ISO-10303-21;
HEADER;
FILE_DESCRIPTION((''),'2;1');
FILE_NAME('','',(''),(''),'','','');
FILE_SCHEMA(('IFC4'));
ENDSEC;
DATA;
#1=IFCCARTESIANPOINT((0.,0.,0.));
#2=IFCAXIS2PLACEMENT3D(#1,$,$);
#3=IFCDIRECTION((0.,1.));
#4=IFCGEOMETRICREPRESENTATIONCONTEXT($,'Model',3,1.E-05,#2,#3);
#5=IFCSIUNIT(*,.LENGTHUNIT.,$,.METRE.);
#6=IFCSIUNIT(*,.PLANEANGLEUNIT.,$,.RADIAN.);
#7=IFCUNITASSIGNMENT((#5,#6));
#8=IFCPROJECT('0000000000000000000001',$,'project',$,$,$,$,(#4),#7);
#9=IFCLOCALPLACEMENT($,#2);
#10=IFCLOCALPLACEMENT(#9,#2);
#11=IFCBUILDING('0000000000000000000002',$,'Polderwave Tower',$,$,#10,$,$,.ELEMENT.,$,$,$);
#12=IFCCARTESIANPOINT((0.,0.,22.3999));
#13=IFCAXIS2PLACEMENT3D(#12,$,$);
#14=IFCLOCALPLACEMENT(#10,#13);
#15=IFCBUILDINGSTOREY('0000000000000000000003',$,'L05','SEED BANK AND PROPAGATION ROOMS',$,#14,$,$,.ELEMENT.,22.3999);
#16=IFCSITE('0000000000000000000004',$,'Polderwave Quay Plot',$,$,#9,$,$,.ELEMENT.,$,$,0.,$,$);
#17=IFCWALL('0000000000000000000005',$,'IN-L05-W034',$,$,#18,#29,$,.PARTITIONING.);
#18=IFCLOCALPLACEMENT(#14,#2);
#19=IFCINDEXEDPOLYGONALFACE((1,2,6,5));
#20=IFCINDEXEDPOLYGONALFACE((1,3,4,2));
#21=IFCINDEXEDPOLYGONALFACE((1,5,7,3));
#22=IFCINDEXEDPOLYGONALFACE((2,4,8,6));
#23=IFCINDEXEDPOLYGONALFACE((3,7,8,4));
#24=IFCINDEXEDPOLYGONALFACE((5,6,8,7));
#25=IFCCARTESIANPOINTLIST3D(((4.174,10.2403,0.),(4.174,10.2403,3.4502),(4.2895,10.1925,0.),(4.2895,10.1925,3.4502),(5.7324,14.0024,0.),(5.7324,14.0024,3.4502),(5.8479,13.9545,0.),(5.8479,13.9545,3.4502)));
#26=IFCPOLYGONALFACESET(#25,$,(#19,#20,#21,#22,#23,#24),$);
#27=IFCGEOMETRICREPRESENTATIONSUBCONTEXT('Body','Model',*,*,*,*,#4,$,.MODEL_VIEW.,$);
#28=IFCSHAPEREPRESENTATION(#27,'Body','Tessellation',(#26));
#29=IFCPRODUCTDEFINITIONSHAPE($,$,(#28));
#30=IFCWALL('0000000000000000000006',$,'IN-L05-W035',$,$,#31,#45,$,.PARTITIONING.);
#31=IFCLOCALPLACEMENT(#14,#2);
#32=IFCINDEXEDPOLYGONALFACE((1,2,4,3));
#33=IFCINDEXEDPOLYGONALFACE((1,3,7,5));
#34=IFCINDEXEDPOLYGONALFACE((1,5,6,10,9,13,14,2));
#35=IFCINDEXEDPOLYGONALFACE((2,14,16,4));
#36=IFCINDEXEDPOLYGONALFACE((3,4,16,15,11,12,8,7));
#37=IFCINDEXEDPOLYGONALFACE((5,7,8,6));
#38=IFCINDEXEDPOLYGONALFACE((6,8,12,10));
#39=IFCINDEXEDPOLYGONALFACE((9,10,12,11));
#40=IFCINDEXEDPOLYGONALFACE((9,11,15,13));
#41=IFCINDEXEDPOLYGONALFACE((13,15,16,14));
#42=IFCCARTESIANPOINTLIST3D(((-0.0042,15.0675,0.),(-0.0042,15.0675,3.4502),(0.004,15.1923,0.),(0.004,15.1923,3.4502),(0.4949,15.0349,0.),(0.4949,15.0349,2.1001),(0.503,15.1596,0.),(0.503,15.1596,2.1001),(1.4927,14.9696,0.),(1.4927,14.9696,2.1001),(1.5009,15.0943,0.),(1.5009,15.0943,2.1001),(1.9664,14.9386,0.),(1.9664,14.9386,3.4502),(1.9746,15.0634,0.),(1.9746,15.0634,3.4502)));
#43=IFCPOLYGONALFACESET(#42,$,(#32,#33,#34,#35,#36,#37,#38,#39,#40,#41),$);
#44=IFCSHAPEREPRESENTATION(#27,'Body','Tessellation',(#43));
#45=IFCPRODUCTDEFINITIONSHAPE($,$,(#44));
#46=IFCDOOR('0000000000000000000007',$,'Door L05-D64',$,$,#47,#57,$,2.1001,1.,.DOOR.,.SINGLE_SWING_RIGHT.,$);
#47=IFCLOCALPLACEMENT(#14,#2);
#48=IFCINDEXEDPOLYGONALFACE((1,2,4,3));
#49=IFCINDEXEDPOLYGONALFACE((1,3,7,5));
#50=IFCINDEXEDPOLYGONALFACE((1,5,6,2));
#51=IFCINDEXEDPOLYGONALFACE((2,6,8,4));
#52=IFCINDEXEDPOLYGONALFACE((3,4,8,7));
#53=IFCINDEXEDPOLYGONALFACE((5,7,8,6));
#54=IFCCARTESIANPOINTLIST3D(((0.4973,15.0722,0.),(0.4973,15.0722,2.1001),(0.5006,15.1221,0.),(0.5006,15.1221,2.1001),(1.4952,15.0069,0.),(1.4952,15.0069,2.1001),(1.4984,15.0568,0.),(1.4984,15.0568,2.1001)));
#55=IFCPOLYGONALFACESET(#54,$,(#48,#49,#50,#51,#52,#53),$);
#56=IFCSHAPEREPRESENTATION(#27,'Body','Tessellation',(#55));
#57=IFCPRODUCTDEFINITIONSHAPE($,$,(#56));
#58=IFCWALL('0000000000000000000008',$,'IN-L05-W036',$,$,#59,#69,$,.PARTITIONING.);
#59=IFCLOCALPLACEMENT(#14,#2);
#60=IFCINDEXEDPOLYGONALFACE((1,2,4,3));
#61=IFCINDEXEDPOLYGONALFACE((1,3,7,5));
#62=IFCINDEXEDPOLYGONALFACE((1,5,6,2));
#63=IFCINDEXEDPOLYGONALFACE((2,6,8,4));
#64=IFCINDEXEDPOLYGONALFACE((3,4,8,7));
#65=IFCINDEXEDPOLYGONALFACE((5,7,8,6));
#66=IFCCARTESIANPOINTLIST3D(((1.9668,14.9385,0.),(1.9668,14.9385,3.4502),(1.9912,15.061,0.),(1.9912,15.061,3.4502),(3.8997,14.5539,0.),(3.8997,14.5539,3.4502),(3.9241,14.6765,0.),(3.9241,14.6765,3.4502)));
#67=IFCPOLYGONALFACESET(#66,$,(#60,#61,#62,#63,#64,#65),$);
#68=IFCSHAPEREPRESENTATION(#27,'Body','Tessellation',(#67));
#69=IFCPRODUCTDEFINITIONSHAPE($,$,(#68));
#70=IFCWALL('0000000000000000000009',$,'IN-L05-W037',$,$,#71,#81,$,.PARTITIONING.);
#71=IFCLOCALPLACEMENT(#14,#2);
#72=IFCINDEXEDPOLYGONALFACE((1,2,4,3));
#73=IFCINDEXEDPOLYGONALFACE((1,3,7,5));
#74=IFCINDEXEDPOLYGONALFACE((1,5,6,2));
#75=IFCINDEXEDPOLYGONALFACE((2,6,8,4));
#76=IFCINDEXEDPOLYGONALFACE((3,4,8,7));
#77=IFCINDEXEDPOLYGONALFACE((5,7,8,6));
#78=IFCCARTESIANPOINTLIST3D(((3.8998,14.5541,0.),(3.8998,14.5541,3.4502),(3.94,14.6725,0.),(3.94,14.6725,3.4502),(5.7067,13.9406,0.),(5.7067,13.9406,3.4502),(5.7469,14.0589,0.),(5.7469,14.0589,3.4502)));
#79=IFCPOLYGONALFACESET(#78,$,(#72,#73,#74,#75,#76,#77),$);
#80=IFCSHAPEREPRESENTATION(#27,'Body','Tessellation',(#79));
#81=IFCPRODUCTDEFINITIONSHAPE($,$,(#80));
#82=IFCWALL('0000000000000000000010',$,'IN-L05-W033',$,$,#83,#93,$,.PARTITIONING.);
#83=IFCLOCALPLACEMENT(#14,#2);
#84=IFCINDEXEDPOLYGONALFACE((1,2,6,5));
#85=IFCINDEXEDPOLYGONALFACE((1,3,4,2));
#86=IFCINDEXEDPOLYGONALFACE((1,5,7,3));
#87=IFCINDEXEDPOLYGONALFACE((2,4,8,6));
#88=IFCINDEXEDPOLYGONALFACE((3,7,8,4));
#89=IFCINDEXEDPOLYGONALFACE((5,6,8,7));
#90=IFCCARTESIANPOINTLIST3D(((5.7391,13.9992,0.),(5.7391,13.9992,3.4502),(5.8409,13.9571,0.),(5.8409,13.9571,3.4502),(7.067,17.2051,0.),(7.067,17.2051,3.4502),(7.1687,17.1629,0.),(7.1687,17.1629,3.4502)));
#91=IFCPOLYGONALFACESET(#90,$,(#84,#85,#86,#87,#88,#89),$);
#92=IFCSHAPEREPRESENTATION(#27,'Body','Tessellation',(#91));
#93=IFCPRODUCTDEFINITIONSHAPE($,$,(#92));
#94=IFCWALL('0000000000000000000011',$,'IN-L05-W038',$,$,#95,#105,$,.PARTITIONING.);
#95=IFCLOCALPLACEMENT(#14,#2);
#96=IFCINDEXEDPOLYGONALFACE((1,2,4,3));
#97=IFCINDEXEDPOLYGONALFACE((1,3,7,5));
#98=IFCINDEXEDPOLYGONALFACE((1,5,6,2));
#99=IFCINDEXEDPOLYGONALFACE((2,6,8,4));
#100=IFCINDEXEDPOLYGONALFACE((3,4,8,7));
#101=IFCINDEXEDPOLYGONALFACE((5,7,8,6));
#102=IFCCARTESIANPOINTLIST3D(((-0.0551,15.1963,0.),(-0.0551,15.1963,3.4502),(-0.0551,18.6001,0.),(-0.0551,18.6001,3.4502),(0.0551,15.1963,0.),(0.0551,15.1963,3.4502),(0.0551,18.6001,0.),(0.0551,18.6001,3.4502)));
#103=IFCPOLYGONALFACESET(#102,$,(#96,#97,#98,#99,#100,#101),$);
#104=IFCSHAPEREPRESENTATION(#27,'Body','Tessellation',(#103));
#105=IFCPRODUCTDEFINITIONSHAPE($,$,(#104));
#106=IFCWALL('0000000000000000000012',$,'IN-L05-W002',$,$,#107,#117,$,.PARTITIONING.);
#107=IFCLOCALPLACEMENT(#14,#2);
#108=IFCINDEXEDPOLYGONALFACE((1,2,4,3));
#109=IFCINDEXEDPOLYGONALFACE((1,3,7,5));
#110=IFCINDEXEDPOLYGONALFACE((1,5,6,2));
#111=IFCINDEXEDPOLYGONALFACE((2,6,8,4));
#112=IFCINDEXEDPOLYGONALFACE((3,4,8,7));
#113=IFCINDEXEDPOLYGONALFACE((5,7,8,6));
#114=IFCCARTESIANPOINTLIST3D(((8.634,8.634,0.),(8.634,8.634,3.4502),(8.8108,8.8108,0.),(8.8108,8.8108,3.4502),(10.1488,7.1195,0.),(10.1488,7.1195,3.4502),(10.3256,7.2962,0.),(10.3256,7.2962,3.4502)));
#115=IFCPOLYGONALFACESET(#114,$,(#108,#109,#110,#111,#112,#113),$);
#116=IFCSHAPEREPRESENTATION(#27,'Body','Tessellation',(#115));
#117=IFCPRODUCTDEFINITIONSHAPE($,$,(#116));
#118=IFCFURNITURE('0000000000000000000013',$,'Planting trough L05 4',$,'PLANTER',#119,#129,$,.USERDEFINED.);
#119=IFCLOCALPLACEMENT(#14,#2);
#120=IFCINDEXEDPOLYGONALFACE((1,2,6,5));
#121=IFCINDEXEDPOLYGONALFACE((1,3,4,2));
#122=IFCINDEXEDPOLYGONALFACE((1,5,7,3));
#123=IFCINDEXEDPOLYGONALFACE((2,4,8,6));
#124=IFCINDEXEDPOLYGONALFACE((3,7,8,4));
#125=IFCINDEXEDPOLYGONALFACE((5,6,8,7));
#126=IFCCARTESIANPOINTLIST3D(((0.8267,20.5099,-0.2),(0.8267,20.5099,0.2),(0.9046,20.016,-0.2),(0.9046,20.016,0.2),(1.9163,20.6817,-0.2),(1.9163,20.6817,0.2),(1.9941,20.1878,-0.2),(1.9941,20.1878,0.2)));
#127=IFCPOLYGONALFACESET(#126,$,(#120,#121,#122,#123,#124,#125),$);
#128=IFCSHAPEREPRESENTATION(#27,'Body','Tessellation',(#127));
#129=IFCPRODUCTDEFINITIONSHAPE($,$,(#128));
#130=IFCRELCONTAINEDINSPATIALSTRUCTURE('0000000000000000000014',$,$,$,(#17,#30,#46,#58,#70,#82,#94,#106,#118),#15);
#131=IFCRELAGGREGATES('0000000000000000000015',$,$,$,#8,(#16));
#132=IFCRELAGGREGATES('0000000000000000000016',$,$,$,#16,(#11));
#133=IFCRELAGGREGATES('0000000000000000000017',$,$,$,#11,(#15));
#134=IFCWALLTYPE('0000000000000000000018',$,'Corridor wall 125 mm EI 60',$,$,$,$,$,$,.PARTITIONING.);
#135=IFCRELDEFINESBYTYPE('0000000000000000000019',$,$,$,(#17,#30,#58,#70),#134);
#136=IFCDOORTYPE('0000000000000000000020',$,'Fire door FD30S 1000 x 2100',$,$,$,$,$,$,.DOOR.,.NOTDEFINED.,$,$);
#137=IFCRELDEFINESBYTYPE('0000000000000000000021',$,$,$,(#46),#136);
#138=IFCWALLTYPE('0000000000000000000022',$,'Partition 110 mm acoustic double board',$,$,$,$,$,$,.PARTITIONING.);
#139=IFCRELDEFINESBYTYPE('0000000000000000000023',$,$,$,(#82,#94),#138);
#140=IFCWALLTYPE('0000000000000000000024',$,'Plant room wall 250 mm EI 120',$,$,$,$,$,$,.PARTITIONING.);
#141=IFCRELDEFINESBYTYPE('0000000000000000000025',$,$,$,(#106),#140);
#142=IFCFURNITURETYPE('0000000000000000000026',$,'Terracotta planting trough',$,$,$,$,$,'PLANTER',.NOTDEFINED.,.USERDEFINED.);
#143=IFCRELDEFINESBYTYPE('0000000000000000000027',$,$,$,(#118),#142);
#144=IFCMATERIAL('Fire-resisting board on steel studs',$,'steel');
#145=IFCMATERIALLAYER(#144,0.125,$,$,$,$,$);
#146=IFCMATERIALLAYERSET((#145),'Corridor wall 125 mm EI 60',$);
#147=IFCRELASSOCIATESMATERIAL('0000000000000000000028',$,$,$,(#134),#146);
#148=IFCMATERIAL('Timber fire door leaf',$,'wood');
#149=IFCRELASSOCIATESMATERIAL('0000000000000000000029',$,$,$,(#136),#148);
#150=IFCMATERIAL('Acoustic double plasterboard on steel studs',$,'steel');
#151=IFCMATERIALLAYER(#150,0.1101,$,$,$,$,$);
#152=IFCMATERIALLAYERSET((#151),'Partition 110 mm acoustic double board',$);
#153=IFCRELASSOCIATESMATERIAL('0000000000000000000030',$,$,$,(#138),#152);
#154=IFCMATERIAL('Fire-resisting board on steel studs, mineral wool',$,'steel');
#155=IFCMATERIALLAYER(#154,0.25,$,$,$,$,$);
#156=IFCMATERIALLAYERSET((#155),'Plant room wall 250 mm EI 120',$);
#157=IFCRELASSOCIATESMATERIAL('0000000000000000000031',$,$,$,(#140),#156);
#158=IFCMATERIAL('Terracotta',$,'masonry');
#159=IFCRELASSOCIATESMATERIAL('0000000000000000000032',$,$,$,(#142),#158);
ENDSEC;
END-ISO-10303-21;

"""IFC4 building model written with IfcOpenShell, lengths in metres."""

from ifc_helpers import new_model, si_unit, direction, frame, frame_2d, origin, origin_2d, place, context, subcontext, project, spatial, rectangle, extrude, material, layer, layer_set, type_object, element, fill, save


model = new_model("IFC4")

# Units and contexts
model_context = context("Model", 3, precision=1e-05, world=origin(), true_north=direction((0.0, 1.0)))
body_context = subcontext(model_context, "Body", "Model", "MODEL_VIEW")
ifc_project = project(units=[si_unit("LENGTHUNIT", "METRE"), si_unit("PLANEANGLEUNIT", "RADIAN")], contexts=[model_context])

# Site, building, storey
site_placement = place(None, origin())
site = spatial("IfcSite", under=ifc_project, at=site_placement, Name="Polderwave Quay Plot", CompositionType="ELEMENT", RefElevation=0.0)
building_placement = place(site_placement, origin())
building = spatial("IfcBuilding", under=site, at=building_placement, Name="Polderwave Tower", CompositionType="ELEMENT")
storey_placement = place(building_placement, frame((0.0, 0.0, 22.3999)))
storey = spatial("IfcBuildingStorey", under=building, at=storey_placement, Name="L05", Description="SEED BANK AND PROPAGATION ROOMS", CompositionType="ELEMENT", Elevation=22.3999)

# Shared definitions
ifc_material_1 = material(Name="Fire-resisting board on steel studs", Category="steel")
ifc_layer_1 = layer(ifc_material_1, 0.125)
ifc_layer_set_1 = layer_set([ifc_layer_1], Name="Corridor wall 125 mm EI 60")
wall_type_1 = type_object("IfcWallType", Name="Corridor wall 125 mm EI 60", PredefinedType="PARTITIONING", material=ifc_layer_set_1)
ifc_material_2 = material(Name="Timber fire door leaf", Category="wood")
door_type = type_object("IfcDoorType", Name="Fire door FD30S 1000 x 2100", OperationType="NOTDEFINED", PredefinedType="DOOR", material=ifc_material_2)

# Wall
wall_1_placement = place(storey_placement, frame((4.2317, 10.2163, 0.0), z_axis=(0.0, 0.0, 1.0), x_axis=(0.382703, 0.923871, 0.0)))
element("IfcWall", 1, at=wall_1_placement, inside=storey, type_object=wall_type_1, Name="IN-L05-W034", PredefinedType="PARTITIONING", context=body_context, shape_type="SweptSolid", body=[
    extrude(rectangle(XDim=4.072, YDim=0.125, at=frame_2d((2.0361, 0.0))), origin(), (0.0, 0.0, 1.0), 3.4502),
])

# Wall, opening, door
wall_2_placement = place(storey_placement, frame((0.0, 15.1299, 0.0), z_axis=(0.0, 0.0, 1.0), x_axis=(0.997868, -0.065272, 0.0)))
wall_2 = element("IfcWall", 2, at=wall_2_placement, inside=storey, type_object=wall_type_1, Name="IN-L05-W035", PredefinedType="PARTITIONING", context=body_context, shape_type="SweptSolid", body=[
    extrude(rectangle(XDim=1.9749, YDim=0.125, at=frame_2d((0.9873, 0.0))), origin(), (0.0, 0.0, 1.0), 3.4502),
])
opening_1_placement = place(wall_2_placement, frame((0.5, 0.0, 0.0)))
opening_1 = element("IfcOpeningElement", 3, at=opening_1_placement, cuts=wall_2, PredefinedType="OPENING", context=body_context, shape_type="SweptSolid", body=[
    extrude(rectangle(XDim=1.0, YDim=2.1001, at=frame_2d((0.5, 1.05))), frame((0.0, 0.0725, 0.0), z_axis=(0.0, -1.0, 0.0), x_axis=(1.0, 0.0, 0.0)), (0.0, 0.0, 1.0), 0.145),
])
door_1_placement = place(opening_1_placement, origin())
door_1 = element("IfcDoor", 4, at=door_1_placement, inside=storey, type_object=door_type, Name="Door L05-D64", OperationType="SINGLE_SWING_RIGHT", OverallHeight=2.1001, OverallWidth=1.0, PredefinedType="DOOR", context=body_context, shape_type="SweptSolid", body=[
    extrude(rectangle(XDim=1.0, YDim=2.1001, at=frame_2d((0.5, 1.05))), frame((0.0, 0.0249, 0.0), z_axis=(0.0, -1.0, 0.0), x_axis=(1.0, 0.0, 0.0)), (0.0, 0.0, 1.0), 0.05),
])
fill(opening_1, door_1)

# Walls
wall_3_placement = place(storey_placement, frame((3.9119, 14.6152, 0.0), z_axis=(0.0, 0.0, 1.0), x_axis=(-0.98078, 0.195115, 0.0)))
element("IfcWall", 5, at=wall_3_placement, inside=storey, type_object=wall_type_1, Name="IN-L05-W036", PredefinedType="PARTITIONING", context=body_context, shape_type="SweptSolid", body=[
    extrude(rectangle(XDim=1.9707, YDim=0.125, at=frame_2d((0.9854, 0.0))), origin(), (0.0, 0.0, 1.0), 3.4502),
])
wall_4_placement = place(storey_placement, frame((5.7268, 13.9998, 0.0), z_axis=(0.0, 0.0, 1.0), x_axis=(-0.946903, 0.32152, 0.0)))
element("IfcWall", 6, at=wall_4_placement, inside=storey, type_object=wall_type_1, Name="IN-L05-W037", PredefinedType="PARTITIONING", context=body_context, shape_type="SweptSolid", body=[
    extrude(rectangle(XDim=1.9082, YDim=0.125, at=frame_2d((0.9541, 0.0))), origin(), (0.0, 0.0, 1.0), 3.4502),
])
ifc_material_3 = material(Name="Acoustic double plasterboard on steel studs", Category="steel")
ifc_layer_2 = layer(ifc_material_3, 0.1101)
ifc_layer_set_2 = layer_set([ifc_layer_2], Name="Partition 110 mm acoustic double board")
wall_type_2 = type_object("IfcWallType", Name="Partition 110 mm acoustic double board", PredefinedType="PARTITIONING", material=ifc_layer_set_2)
wall_5_placement = place(storey_placement, frame((5.79, 13.9783, 0.0), z_axis=(0.0, 0.0, 1.0), x_axis=(0.382681, 0.92388, 0.0)))
element("IfcWall", 7, at=wall_5_placement, inside=storey, type_object=wall_type_2, Name="IN-L05-W033", PredefinedType="PARTITIONING", context=body_context, shape_type="SweptSolid", body=[
    extrude(rectangle(XDim=3.47, YDim=0.1101, at=frame_2d((1.7349, 0.0))), origin(), (0.0, 0.0, 1.0), 3.4502),
])
wall_6_placement = place(storey_placement, frame((0.0, 15.1963, 0.0), z_axis=(0.0, 0.0, 1.0), x_axis=(0.0, 1.0, 0.0)))
element("IfcWall", 8, at=wall_6_placement, inside=storey, type_object=wall_type_2, Name="IN-L05-W038", PredefinedType="PARTITIONING", context=body_context, shape_type="SweptSolid", body=[
    extrude(rectangle(XDim=3.4038, YDim=0.1101, at=frame_2d((1.7019, 0.0))), origin(), (0.0, 0.0, 1.0), 3.4502),
])
ifc_material_4 = material(Name="Fire-resisting board on steel studs, mineral wool", Category="steel")
ifc_layer_3 = layer(ifc_material_4, 0.25)
ifc_layer_set_3 = layer_set([ifc_layer_3], Name="Plant room wall 250 mm EI 120")
wall_type_3 = type_object("IfcWallType", Name="Plant room wall 250 mm EI 120", PredefinedType="PARTITIONING", material=ifc_layer_set_3)
wall_7_placement = place(storey_placement, frame((8.7224, 8.7224, 0.0), z_axis=(0.0, 0.0, 1.0), x_axis=(0.707164, -0.70705, 0.0)))
element("IfcWall", 9, at=wall_7_placement, inside=storey, type_object=wall_type_3, Name="IN-L05-W002", PredefinedType="PARTITIONING", context=body_context, shape_type="SweptSolid", body=[
    extrude(rectangle(XDim=2.1421, YDim=0.25, at=frame_2d((1.071, 0.0))), origin(), (0.0, 0.0, 1.0), 3.4502),
])

# Furniture
ifc_material_5 = material(Name="Terracotta", Category="masonry")
furniture_type = type_object("IfcFurnitureType", Name="Terracotta planting trough", ElementType="PLANTER", AssemblyPlace="NOTDEFINED", PredefinedType="USERDEFINED", material=ifc_material_5)
furniture_placement = place(storey_placement, frame((1.4104, 20.3489, -0.2), z_axis=(0.0, 0.0, 1.0), x_axis=(-0.987798, -0.155738, 0.0)))
element("IfcFurniture", 10, at=furniture_placement, inside=storey, type_object=furniture_type, Name="Planting trough L05 4", ObjectType="PLANTER", PredefinedType="USERDEFINED", context=body_context, shape_type="SweptSolid", body=[
    extrude(rectangle(XDim=1.103, YDim=0.5, at=origin_2d()), origin(), (0.0, 0.0, 1.0), 0.3999),
])

save(model, "model.ifc")
